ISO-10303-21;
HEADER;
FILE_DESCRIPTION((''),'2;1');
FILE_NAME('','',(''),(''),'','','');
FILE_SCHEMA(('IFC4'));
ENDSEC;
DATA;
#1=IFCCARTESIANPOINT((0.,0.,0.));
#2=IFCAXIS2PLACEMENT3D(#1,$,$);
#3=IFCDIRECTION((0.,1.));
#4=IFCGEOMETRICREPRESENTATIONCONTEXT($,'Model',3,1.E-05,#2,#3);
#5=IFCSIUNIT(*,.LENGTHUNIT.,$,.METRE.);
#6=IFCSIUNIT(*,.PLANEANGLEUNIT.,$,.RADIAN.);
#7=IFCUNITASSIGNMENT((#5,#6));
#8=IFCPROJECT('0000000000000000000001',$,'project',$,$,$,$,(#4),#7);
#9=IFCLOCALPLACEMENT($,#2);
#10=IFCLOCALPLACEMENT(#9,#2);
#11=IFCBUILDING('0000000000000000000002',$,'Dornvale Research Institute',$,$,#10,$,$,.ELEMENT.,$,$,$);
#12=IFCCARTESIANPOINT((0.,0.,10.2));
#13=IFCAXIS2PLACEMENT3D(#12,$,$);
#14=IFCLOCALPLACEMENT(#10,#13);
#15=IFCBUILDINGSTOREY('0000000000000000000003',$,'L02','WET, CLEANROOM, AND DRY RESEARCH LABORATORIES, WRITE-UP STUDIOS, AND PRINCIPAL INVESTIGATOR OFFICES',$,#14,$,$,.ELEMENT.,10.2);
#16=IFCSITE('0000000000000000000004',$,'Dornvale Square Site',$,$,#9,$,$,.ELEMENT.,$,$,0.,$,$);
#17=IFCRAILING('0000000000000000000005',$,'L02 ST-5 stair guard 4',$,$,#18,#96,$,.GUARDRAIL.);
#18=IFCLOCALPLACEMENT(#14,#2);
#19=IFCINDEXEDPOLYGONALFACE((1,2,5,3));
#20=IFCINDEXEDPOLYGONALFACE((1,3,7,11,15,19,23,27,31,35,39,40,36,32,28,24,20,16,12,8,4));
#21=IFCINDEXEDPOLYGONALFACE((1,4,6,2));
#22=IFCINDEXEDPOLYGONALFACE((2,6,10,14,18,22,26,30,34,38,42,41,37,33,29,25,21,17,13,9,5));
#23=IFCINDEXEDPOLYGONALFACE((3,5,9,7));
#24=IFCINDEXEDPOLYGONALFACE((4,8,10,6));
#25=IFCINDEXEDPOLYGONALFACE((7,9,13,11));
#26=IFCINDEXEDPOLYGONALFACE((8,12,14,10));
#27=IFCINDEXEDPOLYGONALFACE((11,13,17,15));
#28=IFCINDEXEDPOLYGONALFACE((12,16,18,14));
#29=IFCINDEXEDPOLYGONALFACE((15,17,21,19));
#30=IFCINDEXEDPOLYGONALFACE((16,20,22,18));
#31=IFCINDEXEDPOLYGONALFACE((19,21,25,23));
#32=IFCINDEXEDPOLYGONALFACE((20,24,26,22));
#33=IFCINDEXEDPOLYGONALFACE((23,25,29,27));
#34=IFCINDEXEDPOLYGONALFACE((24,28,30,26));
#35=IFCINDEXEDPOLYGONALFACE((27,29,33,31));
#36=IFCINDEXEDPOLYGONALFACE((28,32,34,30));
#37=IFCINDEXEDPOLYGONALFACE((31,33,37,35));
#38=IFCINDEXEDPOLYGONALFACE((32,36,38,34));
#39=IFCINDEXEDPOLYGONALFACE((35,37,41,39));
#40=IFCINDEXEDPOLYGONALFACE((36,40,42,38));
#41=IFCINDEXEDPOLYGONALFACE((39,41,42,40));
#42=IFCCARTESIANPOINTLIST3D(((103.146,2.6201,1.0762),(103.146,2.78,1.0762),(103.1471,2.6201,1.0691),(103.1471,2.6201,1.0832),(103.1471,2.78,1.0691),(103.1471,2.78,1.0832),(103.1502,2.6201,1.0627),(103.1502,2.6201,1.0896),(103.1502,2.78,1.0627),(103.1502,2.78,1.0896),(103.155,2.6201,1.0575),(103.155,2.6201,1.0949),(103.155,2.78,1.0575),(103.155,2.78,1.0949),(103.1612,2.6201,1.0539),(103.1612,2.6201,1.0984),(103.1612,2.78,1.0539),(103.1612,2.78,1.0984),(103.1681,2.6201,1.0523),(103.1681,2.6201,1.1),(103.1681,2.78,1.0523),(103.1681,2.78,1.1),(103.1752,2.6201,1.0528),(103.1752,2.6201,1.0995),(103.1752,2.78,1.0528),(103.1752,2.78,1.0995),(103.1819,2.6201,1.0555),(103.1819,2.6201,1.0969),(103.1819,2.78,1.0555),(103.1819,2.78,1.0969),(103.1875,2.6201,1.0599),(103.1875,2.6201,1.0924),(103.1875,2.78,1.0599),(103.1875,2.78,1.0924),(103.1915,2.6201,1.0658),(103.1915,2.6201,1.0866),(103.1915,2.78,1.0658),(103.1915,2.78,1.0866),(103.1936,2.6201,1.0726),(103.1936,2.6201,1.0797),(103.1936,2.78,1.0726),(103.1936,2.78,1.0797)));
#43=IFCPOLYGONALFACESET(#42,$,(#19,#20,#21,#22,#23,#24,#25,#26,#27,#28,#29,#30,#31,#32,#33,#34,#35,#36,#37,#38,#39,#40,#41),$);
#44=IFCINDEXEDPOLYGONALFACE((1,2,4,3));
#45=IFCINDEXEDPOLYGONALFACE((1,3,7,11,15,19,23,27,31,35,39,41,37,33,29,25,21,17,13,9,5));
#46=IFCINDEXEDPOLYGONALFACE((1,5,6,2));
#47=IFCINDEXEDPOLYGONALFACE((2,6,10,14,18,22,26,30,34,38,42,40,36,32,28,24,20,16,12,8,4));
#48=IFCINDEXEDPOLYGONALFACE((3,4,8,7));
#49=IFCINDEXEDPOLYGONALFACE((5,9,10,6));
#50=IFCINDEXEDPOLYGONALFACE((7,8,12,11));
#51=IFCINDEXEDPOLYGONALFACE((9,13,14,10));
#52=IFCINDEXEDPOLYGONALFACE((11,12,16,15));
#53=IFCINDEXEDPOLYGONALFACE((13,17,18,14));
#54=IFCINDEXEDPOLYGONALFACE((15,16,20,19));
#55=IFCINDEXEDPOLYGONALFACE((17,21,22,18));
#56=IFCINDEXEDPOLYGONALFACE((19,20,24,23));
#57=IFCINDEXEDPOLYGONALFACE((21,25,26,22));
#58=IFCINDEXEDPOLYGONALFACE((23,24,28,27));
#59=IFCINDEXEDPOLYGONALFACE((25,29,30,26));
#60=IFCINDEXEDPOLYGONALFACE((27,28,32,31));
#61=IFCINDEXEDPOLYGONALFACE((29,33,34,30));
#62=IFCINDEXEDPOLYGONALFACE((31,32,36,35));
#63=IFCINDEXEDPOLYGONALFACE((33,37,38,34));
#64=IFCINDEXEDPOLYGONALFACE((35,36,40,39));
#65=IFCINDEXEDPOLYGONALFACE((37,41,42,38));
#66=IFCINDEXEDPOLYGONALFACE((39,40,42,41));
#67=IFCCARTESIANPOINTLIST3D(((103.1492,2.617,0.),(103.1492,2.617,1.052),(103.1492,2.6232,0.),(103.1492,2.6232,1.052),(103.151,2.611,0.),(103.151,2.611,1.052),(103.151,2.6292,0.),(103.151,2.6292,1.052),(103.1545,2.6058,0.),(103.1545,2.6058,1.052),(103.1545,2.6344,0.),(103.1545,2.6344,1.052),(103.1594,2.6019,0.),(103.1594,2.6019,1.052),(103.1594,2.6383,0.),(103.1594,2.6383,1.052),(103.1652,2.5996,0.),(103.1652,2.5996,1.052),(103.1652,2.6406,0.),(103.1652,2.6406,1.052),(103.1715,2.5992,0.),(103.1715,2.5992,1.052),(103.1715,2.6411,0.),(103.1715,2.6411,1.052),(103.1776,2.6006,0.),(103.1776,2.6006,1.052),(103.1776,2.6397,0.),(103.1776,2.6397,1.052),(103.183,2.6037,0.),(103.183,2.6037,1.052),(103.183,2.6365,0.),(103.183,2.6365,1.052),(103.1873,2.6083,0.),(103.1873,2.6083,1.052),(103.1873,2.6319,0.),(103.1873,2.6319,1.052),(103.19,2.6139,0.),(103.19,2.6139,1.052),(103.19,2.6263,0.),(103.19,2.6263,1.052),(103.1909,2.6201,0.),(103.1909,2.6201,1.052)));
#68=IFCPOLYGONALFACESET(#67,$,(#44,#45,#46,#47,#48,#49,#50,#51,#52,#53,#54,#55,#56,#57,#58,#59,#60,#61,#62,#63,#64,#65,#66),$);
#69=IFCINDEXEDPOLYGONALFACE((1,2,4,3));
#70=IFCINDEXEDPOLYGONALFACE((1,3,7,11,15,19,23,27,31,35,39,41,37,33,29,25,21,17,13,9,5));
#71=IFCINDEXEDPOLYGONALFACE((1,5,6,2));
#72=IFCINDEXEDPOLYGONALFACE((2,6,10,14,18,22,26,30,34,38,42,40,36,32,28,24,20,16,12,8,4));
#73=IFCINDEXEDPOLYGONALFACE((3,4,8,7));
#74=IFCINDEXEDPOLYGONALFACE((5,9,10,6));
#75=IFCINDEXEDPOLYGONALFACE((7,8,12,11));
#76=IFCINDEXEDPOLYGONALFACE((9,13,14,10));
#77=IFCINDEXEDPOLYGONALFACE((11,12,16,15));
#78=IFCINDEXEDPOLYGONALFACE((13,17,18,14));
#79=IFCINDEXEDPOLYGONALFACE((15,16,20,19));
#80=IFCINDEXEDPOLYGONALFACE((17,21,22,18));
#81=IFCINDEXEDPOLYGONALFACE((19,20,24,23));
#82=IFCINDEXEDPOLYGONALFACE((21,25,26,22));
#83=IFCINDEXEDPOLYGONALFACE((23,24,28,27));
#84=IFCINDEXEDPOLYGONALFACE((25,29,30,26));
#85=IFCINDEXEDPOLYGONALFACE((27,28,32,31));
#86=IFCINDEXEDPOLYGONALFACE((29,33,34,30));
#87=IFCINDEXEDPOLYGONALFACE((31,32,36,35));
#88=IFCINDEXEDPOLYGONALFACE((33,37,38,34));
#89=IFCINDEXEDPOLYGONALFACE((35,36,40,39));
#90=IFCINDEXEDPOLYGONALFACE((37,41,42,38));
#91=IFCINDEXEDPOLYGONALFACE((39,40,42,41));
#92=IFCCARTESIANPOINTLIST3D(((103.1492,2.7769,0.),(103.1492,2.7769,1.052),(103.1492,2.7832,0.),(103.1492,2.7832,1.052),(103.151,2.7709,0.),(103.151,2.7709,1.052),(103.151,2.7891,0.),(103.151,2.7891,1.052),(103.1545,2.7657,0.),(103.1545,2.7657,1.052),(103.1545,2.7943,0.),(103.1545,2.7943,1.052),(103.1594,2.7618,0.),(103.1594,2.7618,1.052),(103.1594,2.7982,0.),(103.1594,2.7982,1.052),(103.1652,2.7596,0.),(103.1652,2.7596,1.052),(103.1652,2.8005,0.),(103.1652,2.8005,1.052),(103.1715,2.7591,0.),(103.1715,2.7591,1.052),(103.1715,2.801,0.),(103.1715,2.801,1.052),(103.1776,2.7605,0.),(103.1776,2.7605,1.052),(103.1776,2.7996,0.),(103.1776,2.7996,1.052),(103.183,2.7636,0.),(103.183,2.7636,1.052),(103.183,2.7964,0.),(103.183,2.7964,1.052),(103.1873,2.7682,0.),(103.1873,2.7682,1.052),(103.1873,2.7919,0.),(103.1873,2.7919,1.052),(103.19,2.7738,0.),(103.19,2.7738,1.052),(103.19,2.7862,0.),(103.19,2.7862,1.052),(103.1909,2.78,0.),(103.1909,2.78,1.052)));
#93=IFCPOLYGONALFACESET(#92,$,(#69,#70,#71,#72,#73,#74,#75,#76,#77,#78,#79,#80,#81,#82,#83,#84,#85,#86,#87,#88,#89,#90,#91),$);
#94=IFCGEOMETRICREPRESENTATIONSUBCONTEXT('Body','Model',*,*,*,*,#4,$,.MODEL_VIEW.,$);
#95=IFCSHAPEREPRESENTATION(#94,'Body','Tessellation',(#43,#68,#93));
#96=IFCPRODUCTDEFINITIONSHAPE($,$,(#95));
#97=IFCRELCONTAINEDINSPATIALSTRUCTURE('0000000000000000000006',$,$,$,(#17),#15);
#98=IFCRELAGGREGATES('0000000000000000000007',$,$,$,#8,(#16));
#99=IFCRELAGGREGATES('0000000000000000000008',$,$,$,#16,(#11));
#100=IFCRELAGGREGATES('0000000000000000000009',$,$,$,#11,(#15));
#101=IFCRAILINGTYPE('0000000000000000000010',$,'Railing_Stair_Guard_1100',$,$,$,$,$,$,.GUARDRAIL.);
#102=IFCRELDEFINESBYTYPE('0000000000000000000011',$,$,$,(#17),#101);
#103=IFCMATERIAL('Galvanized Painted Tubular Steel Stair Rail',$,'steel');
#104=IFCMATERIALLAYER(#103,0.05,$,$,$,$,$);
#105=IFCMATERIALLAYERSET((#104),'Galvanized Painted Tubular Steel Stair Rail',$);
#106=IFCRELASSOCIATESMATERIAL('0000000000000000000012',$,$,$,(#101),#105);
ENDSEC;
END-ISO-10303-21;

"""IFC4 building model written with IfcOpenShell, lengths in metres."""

from ifc_helpers import new_model, si_unit, direction, frame, origin, origin_2d, place, context, subcontext, project, spatial, circle, extrude, material, layer, layer_set, type_object, element, save


model = new_model("IFC4")

# Units and contexts
model_context = context("Model", 3, precision=1e-05, world=origin(), true_north=direction((0.0, 1.0)))
body_context = subcontext(model_context, "Body", "Model", "MODEL_VIEW")
ifc_project = project(units=[si_unit("LENGTHUNIT", "METRE"), si_unit("PLANEANGLEUNIT", "RADIAN")], contexts=[model_context])

# Site, building, storey
site_placement = place(None, origin())
site = spatial("IfcSite", under=ifc_project, at=site_placement, Name="Dornvale Square Site", CompositionType="ELEMENT", RefElevation=0.0)
building_placement = place(site_placement, origin())
building = spatial("IfcBuilding", under=site, at=building_placement, Name="Dornvale Research Institute", CompositionType="ELEMENT")
storey_placement = place(building_placement, frame((0.0, 0.0, 10.2)))
storey = spatial("IfcBuildingStorey", under=building, at=storey_placement, Name="L02", Description="WET, CLEANROOM, AND DRY RESEARCH LABORATORIES, WRITE-UP STUDIOS, AND PRINCIPAL INVESTIGATOR OFFICES", CompositionType="ELEMENT", Elevation=10.2)

# Railing
ifc_material_1 = material(Name="Galvanized Painted Tubular Steel Stair Rail", Category="steel")
ifc_layer_1 = layer(ifc_material_1, 0.05)
ifc_layer_set_1 = layer_set([ifc_layer_1], Name="Galvanized Painted Tubular Steel Stair Rail")
railing_type_1 = type_object("IfcRailingType", Name="Railing_Stair_Guard_1100", PredefinedType="GUARDRAIL", material=ifc_layer_set_1)
railing_1_placement = place(storey_placement, frame((103.1699, 2.6201, 0.0)))
element("IfcRailing", 1, at=railing_1_placement, inside=storey, type_object=railing_type_1, Name="L02 ST-5 stair guard 4", PredefinedType="GUARDRAIL", context=body_context, shape_type="SweptSolid", body=[
    extrude(circle(Radius=0.0239, at=origin_2d()), frame((0.0, 0.0, 1.0762), z_axis=(0.0, 1.0, 0.0), x_axis=(-1.0, 0.0, 0.0)), (0.0, 0.0, 1.0), 0.1599),
    extrude(circle(Radius=0.021, at=origin_2d()), origin(), (0.0, 0.0, 1.0), 1.052),
    extrude(circle(Radius=0.021, at=origin_2d()), frame((0.0, 0.1599, 0.0)), (0.0, 0.0, 1.0), 1.052),
])

save(model, "model.ifc")
